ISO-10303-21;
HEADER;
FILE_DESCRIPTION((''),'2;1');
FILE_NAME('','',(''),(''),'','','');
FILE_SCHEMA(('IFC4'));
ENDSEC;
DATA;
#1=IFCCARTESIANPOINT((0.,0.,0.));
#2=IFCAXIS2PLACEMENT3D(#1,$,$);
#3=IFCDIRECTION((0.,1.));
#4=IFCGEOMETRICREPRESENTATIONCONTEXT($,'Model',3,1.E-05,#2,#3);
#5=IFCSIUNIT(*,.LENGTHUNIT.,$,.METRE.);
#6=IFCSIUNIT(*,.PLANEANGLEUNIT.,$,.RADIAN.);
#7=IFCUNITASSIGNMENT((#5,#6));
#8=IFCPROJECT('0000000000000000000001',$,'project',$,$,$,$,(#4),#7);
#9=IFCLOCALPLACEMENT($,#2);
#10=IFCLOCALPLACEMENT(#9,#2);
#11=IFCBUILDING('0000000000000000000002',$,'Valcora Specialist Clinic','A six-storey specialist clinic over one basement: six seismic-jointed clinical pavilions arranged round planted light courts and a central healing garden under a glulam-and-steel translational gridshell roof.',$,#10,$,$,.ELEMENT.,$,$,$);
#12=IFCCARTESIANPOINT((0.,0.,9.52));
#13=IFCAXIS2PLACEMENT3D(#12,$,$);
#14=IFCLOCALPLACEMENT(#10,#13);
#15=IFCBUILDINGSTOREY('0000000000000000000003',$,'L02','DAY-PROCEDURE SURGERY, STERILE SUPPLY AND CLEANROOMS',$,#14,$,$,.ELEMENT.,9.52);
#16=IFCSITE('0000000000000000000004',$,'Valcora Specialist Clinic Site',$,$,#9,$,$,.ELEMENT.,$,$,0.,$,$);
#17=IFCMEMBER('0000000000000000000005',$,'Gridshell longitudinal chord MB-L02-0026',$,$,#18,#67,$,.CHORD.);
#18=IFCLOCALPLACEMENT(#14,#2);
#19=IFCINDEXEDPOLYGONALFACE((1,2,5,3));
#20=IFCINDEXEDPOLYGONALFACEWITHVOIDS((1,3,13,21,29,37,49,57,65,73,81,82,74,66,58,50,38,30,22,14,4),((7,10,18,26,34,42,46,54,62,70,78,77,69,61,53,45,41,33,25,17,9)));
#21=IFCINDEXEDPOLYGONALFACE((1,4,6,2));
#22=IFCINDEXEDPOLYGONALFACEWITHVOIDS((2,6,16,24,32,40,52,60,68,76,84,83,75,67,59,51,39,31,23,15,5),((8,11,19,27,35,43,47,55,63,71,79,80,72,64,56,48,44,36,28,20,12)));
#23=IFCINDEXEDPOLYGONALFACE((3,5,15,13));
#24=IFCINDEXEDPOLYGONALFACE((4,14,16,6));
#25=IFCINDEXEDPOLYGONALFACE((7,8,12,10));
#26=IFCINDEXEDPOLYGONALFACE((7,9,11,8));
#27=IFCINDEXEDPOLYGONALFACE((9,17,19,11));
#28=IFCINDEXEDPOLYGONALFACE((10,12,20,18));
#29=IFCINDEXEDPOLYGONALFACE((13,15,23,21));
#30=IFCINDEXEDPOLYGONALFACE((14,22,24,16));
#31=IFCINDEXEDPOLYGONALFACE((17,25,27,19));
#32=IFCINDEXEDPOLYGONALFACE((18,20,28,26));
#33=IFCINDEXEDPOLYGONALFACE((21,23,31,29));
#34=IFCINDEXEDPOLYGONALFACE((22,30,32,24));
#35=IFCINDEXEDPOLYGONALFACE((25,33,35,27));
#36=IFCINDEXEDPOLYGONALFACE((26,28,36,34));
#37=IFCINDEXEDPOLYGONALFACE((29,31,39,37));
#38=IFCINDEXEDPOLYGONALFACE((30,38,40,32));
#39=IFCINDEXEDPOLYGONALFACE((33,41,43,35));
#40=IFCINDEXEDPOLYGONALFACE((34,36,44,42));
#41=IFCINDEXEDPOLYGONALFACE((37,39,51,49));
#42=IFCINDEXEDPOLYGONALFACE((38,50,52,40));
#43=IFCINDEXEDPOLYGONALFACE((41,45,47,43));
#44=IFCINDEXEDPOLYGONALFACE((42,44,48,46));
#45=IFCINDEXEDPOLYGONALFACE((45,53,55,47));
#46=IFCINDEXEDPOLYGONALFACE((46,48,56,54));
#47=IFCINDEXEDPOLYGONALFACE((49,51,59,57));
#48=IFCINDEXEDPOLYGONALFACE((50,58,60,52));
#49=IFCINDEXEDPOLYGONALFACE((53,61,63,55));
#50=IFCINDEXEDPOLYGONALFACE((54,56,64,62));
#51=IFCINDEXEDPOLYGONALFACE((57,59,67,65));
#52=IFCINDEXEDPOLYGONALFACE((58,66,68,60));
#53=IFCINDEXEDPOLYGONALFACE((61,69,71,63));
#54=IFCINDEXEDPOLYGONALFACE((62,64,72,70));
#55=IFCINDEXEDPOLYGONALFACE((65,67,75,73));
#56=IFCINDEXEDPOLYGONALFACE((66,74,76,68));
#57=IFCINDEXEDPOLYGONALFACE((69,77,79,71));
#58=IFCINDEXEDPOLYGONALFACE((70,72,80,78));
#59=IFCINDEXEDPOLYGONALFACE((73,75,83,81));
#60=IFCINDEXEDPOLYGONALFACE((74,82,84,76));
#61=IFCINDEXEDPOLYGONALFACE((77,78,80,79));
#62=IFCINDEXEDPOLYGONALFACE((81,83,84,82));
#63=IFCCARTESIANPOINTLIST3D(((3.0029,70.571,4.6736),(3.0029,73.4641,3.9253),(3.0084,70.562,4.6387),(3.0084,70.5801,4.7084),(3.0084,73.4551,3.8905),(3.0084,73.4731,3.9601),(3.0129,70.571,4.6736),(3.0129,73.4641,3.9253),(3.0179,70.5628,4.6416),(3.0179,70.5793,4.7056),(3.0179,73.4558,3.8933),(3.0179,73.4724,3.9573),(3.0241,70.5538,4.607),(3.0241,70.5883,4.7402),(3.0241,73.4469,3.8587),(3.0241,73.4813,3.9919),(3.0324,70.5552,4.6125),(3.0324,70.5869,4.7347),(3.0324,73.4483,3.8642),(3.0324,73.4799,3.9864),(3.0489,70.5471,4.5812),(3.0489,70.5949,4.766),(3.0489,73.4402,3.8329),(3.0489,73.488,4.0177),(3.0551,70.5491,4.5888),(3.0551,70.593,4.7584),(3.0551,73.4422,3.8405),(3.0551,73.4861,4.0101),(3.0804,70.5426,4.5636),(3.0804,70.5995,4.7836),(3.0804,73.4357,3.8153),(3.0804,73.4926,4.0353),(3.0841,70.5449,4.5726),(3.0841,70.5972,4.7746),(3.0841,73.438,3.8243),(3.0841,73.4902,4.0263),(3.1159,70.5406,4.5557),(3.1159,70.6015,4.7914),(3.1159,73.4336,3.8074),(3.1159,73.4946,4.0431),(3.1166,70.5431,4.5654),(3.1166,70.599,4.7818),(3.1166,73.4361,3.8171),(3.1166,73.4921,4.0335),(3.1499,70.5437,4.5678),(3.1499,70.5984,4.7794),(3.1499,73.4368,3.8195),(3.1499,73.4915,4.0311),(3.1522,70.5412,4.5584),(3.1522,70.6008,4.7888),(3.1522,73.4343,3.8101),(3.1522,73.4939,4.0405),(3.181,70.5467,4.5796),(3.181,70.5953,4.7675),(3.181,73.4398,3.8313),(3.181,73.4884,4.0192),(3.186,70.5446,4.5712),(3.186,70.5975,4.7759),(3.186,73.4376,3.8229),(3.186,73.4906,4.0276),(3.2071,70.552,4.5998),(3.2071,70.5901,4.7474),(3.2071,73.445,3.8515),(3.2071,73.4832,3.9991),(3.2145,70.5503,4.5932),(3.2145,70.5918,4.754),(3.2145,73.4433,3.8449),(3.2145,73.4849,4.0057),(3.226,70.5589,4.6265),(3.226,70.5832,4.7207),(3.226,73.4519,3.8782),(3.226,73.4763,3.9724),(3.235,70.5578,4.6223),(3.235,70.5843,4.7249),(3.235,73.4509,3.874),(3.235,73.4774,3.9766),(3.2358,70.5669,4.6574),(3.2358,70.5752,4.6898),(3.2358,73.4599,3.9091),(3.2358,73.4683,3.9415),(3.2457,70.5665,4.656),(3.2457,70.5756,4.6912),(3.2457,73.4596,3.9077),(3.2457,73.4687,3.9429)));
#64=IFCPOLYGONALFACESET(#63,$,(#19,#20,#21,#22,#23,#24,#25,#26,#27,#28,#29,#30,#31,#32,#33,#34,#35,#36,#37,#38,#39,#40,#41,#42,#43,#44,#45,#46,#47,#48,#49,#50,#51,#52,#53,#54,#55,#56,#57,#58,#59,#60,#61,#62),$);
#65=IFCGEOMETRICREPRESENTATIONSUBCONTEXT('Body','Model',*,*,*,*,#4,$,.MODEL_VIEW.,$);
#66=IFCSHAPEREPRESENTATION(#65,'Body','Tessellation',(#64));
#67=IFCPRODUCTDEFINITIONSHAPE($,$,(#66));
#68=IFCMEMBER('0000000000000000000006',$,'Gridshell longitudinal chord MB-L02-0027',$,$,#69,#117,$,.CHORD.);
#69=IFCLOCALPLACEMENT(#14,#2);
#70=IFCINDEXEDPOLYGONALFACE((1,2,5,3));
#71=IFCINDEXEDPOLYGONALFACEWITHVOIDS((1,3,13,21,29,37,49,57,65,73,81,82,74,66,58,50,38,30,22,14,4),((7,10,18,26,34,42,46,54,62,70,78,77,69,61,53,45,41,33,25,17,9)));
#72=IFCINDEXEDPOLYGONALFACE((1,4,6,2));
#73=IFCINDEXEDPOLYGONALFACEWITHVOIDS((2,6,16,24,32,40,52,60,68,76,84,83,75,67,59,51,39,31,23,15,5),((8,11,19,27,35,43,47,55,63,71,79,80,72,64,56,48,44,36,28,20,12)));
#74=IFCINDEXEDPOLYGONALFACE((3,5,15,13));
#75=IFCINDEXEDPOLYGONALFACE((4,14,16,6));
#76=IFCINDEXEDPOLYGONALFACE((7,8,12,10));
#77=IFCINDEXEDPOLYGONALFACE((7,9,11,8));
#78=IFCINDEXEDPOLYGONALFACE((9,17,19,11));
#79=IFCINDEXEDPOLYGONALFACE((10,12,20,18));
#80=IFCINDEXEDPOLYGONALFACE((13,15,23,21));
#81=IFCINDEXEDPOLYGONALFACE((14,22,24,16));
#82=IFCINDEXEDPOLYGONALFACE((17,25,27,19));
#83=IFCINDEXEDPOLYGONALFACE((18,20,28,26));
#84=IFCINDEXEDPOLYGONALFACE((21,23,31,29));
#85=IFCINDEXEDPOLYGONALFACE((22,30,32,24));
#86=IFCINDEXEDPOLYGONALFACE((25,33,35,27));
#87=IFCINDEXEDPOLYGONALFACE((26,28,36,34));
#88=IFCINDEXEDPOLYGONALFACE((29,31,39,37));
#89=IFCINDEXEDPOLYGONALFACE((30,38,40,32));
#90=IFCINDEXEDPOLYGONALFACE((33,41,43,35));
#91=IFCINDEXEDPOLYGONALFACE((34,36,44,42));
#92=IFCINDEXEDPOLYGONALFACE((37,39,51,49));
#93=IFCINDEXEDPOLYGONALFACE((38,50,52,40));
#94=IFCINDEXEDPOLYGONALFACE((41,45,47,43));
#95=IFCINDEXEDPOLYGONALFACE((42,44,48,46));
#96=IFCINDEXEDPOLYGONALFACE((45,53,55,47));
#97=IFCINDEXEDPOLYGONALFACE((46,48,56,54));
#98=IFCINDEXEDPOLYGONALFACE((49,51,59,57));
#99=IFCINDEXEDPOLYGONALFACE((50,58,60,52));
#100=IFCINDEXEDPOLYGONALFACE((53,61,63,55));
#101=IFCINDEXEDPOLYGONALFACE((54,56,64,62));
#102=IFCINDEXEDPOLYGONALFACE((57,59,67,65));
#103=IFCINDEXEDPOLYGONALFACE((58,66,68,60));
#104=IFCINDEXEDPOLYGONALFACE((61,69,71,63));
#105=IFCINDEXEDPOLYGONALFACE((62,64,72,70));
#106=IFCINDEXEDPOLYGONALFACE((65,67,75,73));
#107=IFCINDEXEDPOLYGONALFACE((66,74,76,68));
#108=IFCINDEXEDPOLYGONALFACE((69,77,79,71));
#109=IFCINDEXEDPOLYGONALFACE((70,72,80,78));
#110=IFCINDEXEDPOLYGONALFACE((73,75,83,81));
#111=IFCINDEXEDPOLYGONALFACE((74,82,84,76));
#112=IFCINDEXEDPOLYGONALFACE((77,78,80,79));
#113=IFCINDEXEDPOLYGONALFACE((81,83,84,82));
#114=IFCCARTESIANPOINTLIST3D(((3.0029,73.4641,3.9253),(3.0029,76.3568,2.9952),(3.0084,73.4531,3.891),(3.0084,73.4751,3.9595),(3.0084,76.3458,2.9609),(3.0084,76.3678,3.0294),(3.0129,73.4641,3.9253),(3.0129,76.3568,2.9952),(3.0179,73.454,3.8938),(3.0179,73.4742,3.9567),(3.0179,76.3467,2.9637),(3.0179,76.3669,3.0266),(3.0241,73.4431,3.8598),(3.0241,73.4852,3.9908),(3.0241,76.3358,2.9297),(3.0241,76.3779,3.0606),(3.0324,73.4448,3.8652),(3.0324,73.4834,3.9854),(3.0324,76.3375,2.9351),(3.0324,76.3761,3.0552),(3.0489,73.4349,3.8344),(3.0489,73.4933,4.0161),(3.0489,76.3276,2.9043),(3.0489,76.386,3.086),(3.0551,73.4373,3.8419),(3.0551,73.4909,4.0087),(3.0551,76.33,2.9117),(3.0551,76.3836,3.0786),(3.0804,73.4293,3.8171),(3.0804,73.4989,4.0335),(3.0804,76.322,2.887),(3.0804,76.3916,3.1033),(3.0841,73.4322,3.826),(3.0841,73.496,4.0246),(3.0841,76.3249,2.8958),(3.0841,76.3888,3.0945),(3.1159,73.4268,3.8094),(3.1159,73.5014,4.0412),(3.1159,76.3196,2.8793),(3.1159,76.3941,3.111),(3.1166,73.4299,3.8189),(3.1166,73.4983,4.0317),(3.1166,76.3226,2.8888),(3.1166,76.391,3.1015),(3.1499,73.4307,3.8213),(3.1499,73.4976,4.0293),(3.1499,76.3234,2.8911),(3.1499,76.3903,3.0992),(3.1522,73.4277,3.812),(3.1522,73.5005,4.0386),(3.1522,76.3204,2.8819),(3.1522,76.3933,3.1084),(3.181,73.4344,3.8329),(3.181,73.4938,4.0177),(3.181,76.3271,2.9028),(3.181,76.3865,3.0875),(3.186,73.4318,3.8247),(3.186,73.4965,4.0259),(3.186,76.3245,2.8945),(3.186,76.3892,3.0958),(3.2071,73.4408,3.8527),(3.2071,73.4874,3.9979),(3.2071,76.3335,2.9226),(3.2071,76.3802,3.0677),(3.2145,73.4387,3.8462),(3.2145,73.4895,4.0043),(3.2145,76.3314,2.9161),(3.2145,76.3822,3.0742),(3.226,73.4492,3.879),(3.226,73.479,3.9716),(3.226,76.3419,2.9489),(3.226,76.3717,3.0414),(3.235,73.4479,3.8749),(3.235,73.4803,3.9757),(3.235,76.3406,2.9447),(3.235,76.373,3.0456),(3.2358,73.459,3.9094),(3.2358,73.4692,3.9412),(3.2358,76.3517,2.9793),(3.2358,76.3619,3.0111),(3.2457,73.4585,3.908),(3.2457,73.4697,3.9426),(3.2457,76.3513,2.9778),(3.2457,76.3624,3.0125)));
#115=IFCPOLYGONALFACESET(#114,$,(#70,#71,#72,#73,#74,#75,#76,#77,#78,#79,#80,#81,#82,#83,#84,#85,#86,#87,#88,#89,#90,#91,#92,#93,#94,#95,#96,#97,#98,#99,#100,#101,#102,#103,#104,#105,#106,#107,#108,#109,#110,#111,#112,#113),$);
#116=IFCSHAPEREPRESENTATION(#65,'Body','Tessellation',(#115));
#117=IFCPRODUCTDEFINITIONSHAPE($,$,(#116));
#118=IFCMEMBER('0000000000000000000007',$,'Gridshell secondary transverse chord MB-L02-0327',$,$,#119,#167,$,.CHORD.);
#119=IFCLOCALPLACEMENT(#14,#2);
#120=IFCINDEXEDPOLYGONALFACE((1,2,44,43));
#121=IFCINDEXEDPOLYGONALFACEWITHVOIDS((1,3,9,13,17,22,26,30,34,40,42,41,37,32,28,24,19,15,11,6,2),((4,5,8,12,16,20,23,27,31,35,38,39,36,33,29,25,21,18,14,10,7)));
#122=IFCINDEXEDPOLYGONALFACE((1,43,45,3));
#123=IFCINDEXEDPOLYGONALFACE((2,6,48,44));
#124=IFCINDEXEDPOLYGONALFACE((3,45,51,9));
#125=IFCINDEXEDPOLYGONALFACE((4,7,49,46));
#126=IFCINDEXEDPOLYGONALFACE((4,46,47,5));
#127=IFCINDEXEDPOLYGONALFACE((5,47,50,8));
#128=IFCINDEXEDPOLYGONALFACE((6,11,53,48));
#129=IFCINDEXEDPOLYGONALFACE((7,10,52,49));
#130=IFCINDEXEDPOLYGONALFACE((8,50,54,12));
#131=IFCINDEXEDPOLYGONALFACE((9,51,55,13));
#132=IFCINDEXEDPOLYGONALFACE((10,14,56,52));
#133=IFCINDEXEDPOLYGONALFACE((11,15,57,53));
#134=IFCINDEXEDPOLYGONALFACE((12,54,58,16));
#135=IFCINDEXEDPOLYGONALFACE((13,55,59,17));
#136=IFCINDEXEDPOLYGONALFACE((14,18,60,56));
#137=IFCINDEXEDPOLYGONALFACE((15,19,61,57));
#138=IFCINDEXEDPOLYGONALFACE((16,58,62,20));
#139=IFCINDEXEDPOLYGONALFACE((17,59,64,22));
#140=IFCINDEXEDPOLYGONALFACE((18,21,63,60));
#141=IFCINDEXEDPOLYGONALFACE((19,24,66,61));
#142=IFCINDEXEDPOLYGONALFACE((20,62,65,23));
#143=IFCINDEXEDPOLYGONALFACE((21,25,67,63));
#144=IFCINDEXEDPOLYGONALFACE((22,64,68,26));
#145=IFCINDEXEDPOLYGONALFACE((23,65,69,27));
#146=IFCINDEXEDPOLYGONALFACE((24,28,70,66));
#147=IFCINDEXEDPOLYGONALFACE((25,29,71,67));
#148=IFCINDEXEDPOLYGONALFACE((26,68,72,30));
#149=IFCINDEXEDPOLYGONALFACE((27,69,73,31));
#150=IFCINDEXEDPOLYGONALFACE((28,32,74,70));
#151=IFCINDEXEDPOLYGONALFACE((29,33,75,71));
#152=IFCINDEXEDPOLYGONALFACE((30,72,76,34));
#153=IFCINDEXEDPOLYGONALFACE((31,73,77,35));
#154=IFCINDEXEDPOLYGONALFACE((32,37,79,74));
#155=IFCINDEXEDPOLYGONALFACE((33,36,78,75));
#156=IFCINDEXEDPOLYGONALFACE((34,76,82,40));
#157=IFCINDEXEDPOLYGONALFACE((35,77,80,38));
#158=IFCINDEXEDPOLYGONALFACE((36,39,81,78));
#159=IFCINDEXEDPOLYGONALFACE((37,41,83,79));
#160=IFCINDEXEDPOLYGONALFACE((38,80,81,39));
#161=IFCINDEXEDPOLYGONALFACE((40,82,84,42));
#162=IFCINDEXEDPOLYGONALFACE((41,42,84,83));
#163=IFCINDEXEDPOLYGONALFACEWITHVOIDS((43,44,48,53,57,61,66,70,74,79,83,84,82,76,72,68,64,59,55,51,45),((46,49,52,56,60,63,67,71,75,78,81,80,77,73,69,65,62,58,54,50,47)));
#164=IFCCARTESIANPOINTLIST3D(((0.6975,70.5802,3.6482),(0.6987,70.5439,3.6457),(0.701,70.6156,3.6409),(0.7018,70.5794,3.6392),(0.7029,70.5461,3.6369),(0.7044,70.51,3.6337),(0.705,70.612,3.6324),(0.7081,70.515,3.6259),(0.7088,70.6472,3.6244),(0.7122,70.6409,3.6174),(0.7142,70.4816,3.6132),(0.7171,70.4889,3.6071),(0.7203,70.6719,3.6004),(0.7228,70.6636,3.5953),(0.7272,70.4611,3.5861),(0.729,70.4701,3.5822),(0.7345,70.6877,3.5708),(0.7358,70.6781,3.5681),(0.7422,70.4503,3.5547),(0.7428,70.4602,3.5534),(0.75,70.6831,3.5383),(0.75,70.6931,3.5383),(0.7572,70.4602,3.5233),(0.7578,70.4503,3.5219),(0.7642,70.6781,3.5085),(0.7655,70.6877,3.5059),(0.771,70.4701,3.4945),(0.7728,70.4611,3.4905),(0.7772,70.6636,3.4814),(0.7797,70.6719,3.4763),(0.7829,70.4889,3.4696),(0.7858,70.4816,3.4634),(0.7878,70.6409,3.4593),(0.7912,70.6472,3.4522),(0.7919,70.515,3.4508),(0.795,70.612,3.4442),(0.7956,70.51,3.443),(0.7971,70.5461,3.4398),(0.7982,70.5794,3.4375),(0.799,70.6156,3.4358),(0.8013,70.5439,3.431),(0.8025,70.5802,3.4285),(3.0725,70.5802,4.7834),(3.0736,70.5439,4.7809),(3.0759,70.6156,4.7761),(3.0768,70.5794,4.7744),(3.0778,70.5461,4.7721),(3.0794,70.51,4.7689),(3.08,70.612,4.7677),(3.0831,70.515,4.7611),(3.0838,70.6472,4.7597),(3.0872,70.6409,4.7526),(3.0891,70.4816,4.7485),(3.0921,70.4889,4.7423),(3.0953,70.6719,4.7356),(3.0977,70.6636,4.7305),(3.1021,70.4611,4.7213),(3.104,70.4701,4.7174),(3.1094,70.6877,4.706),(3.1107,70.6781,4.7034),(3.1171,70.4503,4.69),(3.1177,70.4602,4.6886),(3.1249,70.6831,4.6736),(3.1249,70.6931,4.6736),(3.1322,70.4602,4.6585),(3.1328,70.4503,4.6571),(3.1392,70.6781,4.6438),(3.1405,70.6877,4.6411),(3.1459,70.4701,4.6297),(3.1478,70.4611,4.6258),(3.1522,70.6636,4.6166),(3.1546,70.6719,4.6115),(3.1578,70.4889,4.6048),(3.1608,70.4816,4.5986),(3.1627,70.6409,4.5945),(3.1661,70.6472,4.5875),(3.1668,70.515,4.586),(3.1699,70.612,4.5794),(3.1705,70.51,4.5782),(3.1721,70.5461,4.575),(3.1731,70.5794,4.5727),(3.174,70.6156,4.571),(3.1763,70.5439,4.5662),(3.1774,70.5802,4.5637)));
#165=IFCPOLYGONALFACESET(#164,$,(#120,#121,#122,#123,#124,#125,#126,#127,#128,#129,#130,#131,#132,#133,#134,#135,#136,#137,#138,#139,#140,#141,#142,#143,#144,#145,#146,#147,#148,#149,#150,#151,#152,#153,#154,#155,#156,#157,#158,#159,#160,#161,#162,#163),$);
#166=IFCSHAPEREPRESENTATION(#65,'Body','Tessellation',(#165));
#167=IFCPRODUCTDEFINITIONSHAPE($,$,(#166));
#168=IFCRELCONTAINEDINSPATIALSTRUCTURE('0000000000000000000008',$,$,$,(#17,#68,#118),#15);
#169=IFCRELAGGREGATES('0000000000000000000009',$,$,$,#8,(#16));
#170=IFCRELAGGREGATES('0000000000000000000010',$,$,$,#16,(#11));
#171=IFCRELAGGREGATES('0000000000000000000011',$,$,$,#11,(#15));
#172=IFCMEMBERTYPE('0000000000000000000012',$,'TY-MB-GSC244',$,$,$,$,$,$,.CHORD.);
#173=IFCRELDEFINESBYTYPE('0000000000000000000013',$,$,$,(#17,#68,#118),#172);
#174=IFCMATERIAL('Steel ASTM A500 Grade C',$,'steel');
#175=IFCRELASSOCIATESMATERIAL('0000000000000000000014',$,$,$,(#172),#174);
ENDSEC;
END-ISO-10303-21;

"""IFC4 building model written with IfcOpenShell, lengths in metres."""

from ifc_helpers import new_model, si_unit, direction, frame, origin, origin_2d, place, context, subcontext, project, spatial, hollow_circle, extrude, material, material_profile, profile_set, type_object, element, save


model = new_model("IFC4")

# Units and contexts
model_context = context("Model", 3, precision=1e-05, world=origin(), true_north=direction((0.0, 1.0)))
body_context = subcontext(model_context, "Body", "Model", "MODEL_VIEW")
ifc_project = project(units=[si_unit("LENGTHUNIT", "METRE"), si_unit("PLANEANGLEUNIT", "RADIAN")], contexts=[model_context])

# Site, building, storey
site_placement = place(None, origin())
site = spatial("IfcSite", under=ifc_project, at=site_placement, Name="Valcora Specialist Clinic Site", CompositionType="ELEMENT", RefElevation=0.0)
building_placement = place(site_placement, origin())
building = spatial("IfcBuilding", under=site, at=building_placement, Name="Valcora Specialist Clinic", Description="A six-storey specialist clinic over one basement: six seismic-jointed clinical pavilions arranged round planted light courts and a central healing garden under a glulam-and-steel translational gridshell roof.", CompositionType="ELEMENT")
storey_placement = place(building_placement, frame((0.0, 0.0, 9.52)))
storey = spatial("IfcBuildingStorey", under=building, at=storey_placement, Name="L02", Description="DAY-PROCEDURE SURGERY, STERILE SUPPLY AND CLEANROOMS", CompositionType="ELEMENT", Elevation=9.52)

# Members
ifc_material_1 = material(Name="Steel ASTM A500 Grade C", Category="steel")
ifc_material_profile_1 = material_profile(ifc_material_1, hollow_circle(Radius=0.1221, WallThickness=0.01, at=origin_2d()), Name="ST-CHS-244X10")
ifc_profile_set_1 = profile_set([ifc_material_profile_1], Name="Steel ASTM A500 Grade C")
member_type_1 = type_object("IfcMemberType", Name="TY-MB-GSC244", PredefinedType="CHORD", material=ifc_profile_set_1)
member_1_placement = place(storey_placement, frame((3.125, 70.571, 4.6736), z_axis=(0.0, 0.96814, -0.250409), x_axis=(-1.0, 0.0, 0.0)))
element("IfcMember", 1, at=member_1_placement, inside=storey, type_object=member_type_1, Name="Gridshell longitudinal chord MB-L02-0026", PredefinedType="CHORD", context=body_context, shape_type="SweptSolid", body=[
    extrude(hollow_circle(Radius=0.1221, WallThickness=0.01, at=origin_2d()), origin(), (0.0, 0.0, 1.0), 2.9883),
])
member_2_placement = place(storey_placement, frame((3.125, 73.4641, 3.9253), z_axis=(0.0, 0.951996, -0.306111), x_axis=(-1.0, 0.0, 0.0)))
element("IfcMember", 2, at=member_2_placement, inside=storey, type_object=member_type_1, Name="Gridshell longitudinal chord MB-L02-0027", PredefinedType="CHORD", context=body_context, shape_type="SweptSolid", body=[
    extrude(hollow_circle(Radius=0.1221, WallThickness=0.01, at=origin_2d()), origin(), (0.0, 0.0, 1.0), 3.0386),
])
member_3_placement = place(storey_placement, frame((0.75, 70.571, 3.5383), z_axis=(0.902225, 0.0, 0.431265), x_axis=(0.0, 1.0, 0.0)))
element("IfcMember", 3, at=member_3_placement, inside=storey, type_object=member_type_1, Name="Gridshell secondary transverse chord MB-L02-0327", PredefinedType="CHORD", context=body_context, shape_type="SweptSolid", body=[
    extrude(hollow_circle(Radius=0.1221, WallThickness=0.01, at=origin_2d()), origin(), (0.0, 0.0, 1.0), 2.6323),
])

save(model, "model.ifc")
